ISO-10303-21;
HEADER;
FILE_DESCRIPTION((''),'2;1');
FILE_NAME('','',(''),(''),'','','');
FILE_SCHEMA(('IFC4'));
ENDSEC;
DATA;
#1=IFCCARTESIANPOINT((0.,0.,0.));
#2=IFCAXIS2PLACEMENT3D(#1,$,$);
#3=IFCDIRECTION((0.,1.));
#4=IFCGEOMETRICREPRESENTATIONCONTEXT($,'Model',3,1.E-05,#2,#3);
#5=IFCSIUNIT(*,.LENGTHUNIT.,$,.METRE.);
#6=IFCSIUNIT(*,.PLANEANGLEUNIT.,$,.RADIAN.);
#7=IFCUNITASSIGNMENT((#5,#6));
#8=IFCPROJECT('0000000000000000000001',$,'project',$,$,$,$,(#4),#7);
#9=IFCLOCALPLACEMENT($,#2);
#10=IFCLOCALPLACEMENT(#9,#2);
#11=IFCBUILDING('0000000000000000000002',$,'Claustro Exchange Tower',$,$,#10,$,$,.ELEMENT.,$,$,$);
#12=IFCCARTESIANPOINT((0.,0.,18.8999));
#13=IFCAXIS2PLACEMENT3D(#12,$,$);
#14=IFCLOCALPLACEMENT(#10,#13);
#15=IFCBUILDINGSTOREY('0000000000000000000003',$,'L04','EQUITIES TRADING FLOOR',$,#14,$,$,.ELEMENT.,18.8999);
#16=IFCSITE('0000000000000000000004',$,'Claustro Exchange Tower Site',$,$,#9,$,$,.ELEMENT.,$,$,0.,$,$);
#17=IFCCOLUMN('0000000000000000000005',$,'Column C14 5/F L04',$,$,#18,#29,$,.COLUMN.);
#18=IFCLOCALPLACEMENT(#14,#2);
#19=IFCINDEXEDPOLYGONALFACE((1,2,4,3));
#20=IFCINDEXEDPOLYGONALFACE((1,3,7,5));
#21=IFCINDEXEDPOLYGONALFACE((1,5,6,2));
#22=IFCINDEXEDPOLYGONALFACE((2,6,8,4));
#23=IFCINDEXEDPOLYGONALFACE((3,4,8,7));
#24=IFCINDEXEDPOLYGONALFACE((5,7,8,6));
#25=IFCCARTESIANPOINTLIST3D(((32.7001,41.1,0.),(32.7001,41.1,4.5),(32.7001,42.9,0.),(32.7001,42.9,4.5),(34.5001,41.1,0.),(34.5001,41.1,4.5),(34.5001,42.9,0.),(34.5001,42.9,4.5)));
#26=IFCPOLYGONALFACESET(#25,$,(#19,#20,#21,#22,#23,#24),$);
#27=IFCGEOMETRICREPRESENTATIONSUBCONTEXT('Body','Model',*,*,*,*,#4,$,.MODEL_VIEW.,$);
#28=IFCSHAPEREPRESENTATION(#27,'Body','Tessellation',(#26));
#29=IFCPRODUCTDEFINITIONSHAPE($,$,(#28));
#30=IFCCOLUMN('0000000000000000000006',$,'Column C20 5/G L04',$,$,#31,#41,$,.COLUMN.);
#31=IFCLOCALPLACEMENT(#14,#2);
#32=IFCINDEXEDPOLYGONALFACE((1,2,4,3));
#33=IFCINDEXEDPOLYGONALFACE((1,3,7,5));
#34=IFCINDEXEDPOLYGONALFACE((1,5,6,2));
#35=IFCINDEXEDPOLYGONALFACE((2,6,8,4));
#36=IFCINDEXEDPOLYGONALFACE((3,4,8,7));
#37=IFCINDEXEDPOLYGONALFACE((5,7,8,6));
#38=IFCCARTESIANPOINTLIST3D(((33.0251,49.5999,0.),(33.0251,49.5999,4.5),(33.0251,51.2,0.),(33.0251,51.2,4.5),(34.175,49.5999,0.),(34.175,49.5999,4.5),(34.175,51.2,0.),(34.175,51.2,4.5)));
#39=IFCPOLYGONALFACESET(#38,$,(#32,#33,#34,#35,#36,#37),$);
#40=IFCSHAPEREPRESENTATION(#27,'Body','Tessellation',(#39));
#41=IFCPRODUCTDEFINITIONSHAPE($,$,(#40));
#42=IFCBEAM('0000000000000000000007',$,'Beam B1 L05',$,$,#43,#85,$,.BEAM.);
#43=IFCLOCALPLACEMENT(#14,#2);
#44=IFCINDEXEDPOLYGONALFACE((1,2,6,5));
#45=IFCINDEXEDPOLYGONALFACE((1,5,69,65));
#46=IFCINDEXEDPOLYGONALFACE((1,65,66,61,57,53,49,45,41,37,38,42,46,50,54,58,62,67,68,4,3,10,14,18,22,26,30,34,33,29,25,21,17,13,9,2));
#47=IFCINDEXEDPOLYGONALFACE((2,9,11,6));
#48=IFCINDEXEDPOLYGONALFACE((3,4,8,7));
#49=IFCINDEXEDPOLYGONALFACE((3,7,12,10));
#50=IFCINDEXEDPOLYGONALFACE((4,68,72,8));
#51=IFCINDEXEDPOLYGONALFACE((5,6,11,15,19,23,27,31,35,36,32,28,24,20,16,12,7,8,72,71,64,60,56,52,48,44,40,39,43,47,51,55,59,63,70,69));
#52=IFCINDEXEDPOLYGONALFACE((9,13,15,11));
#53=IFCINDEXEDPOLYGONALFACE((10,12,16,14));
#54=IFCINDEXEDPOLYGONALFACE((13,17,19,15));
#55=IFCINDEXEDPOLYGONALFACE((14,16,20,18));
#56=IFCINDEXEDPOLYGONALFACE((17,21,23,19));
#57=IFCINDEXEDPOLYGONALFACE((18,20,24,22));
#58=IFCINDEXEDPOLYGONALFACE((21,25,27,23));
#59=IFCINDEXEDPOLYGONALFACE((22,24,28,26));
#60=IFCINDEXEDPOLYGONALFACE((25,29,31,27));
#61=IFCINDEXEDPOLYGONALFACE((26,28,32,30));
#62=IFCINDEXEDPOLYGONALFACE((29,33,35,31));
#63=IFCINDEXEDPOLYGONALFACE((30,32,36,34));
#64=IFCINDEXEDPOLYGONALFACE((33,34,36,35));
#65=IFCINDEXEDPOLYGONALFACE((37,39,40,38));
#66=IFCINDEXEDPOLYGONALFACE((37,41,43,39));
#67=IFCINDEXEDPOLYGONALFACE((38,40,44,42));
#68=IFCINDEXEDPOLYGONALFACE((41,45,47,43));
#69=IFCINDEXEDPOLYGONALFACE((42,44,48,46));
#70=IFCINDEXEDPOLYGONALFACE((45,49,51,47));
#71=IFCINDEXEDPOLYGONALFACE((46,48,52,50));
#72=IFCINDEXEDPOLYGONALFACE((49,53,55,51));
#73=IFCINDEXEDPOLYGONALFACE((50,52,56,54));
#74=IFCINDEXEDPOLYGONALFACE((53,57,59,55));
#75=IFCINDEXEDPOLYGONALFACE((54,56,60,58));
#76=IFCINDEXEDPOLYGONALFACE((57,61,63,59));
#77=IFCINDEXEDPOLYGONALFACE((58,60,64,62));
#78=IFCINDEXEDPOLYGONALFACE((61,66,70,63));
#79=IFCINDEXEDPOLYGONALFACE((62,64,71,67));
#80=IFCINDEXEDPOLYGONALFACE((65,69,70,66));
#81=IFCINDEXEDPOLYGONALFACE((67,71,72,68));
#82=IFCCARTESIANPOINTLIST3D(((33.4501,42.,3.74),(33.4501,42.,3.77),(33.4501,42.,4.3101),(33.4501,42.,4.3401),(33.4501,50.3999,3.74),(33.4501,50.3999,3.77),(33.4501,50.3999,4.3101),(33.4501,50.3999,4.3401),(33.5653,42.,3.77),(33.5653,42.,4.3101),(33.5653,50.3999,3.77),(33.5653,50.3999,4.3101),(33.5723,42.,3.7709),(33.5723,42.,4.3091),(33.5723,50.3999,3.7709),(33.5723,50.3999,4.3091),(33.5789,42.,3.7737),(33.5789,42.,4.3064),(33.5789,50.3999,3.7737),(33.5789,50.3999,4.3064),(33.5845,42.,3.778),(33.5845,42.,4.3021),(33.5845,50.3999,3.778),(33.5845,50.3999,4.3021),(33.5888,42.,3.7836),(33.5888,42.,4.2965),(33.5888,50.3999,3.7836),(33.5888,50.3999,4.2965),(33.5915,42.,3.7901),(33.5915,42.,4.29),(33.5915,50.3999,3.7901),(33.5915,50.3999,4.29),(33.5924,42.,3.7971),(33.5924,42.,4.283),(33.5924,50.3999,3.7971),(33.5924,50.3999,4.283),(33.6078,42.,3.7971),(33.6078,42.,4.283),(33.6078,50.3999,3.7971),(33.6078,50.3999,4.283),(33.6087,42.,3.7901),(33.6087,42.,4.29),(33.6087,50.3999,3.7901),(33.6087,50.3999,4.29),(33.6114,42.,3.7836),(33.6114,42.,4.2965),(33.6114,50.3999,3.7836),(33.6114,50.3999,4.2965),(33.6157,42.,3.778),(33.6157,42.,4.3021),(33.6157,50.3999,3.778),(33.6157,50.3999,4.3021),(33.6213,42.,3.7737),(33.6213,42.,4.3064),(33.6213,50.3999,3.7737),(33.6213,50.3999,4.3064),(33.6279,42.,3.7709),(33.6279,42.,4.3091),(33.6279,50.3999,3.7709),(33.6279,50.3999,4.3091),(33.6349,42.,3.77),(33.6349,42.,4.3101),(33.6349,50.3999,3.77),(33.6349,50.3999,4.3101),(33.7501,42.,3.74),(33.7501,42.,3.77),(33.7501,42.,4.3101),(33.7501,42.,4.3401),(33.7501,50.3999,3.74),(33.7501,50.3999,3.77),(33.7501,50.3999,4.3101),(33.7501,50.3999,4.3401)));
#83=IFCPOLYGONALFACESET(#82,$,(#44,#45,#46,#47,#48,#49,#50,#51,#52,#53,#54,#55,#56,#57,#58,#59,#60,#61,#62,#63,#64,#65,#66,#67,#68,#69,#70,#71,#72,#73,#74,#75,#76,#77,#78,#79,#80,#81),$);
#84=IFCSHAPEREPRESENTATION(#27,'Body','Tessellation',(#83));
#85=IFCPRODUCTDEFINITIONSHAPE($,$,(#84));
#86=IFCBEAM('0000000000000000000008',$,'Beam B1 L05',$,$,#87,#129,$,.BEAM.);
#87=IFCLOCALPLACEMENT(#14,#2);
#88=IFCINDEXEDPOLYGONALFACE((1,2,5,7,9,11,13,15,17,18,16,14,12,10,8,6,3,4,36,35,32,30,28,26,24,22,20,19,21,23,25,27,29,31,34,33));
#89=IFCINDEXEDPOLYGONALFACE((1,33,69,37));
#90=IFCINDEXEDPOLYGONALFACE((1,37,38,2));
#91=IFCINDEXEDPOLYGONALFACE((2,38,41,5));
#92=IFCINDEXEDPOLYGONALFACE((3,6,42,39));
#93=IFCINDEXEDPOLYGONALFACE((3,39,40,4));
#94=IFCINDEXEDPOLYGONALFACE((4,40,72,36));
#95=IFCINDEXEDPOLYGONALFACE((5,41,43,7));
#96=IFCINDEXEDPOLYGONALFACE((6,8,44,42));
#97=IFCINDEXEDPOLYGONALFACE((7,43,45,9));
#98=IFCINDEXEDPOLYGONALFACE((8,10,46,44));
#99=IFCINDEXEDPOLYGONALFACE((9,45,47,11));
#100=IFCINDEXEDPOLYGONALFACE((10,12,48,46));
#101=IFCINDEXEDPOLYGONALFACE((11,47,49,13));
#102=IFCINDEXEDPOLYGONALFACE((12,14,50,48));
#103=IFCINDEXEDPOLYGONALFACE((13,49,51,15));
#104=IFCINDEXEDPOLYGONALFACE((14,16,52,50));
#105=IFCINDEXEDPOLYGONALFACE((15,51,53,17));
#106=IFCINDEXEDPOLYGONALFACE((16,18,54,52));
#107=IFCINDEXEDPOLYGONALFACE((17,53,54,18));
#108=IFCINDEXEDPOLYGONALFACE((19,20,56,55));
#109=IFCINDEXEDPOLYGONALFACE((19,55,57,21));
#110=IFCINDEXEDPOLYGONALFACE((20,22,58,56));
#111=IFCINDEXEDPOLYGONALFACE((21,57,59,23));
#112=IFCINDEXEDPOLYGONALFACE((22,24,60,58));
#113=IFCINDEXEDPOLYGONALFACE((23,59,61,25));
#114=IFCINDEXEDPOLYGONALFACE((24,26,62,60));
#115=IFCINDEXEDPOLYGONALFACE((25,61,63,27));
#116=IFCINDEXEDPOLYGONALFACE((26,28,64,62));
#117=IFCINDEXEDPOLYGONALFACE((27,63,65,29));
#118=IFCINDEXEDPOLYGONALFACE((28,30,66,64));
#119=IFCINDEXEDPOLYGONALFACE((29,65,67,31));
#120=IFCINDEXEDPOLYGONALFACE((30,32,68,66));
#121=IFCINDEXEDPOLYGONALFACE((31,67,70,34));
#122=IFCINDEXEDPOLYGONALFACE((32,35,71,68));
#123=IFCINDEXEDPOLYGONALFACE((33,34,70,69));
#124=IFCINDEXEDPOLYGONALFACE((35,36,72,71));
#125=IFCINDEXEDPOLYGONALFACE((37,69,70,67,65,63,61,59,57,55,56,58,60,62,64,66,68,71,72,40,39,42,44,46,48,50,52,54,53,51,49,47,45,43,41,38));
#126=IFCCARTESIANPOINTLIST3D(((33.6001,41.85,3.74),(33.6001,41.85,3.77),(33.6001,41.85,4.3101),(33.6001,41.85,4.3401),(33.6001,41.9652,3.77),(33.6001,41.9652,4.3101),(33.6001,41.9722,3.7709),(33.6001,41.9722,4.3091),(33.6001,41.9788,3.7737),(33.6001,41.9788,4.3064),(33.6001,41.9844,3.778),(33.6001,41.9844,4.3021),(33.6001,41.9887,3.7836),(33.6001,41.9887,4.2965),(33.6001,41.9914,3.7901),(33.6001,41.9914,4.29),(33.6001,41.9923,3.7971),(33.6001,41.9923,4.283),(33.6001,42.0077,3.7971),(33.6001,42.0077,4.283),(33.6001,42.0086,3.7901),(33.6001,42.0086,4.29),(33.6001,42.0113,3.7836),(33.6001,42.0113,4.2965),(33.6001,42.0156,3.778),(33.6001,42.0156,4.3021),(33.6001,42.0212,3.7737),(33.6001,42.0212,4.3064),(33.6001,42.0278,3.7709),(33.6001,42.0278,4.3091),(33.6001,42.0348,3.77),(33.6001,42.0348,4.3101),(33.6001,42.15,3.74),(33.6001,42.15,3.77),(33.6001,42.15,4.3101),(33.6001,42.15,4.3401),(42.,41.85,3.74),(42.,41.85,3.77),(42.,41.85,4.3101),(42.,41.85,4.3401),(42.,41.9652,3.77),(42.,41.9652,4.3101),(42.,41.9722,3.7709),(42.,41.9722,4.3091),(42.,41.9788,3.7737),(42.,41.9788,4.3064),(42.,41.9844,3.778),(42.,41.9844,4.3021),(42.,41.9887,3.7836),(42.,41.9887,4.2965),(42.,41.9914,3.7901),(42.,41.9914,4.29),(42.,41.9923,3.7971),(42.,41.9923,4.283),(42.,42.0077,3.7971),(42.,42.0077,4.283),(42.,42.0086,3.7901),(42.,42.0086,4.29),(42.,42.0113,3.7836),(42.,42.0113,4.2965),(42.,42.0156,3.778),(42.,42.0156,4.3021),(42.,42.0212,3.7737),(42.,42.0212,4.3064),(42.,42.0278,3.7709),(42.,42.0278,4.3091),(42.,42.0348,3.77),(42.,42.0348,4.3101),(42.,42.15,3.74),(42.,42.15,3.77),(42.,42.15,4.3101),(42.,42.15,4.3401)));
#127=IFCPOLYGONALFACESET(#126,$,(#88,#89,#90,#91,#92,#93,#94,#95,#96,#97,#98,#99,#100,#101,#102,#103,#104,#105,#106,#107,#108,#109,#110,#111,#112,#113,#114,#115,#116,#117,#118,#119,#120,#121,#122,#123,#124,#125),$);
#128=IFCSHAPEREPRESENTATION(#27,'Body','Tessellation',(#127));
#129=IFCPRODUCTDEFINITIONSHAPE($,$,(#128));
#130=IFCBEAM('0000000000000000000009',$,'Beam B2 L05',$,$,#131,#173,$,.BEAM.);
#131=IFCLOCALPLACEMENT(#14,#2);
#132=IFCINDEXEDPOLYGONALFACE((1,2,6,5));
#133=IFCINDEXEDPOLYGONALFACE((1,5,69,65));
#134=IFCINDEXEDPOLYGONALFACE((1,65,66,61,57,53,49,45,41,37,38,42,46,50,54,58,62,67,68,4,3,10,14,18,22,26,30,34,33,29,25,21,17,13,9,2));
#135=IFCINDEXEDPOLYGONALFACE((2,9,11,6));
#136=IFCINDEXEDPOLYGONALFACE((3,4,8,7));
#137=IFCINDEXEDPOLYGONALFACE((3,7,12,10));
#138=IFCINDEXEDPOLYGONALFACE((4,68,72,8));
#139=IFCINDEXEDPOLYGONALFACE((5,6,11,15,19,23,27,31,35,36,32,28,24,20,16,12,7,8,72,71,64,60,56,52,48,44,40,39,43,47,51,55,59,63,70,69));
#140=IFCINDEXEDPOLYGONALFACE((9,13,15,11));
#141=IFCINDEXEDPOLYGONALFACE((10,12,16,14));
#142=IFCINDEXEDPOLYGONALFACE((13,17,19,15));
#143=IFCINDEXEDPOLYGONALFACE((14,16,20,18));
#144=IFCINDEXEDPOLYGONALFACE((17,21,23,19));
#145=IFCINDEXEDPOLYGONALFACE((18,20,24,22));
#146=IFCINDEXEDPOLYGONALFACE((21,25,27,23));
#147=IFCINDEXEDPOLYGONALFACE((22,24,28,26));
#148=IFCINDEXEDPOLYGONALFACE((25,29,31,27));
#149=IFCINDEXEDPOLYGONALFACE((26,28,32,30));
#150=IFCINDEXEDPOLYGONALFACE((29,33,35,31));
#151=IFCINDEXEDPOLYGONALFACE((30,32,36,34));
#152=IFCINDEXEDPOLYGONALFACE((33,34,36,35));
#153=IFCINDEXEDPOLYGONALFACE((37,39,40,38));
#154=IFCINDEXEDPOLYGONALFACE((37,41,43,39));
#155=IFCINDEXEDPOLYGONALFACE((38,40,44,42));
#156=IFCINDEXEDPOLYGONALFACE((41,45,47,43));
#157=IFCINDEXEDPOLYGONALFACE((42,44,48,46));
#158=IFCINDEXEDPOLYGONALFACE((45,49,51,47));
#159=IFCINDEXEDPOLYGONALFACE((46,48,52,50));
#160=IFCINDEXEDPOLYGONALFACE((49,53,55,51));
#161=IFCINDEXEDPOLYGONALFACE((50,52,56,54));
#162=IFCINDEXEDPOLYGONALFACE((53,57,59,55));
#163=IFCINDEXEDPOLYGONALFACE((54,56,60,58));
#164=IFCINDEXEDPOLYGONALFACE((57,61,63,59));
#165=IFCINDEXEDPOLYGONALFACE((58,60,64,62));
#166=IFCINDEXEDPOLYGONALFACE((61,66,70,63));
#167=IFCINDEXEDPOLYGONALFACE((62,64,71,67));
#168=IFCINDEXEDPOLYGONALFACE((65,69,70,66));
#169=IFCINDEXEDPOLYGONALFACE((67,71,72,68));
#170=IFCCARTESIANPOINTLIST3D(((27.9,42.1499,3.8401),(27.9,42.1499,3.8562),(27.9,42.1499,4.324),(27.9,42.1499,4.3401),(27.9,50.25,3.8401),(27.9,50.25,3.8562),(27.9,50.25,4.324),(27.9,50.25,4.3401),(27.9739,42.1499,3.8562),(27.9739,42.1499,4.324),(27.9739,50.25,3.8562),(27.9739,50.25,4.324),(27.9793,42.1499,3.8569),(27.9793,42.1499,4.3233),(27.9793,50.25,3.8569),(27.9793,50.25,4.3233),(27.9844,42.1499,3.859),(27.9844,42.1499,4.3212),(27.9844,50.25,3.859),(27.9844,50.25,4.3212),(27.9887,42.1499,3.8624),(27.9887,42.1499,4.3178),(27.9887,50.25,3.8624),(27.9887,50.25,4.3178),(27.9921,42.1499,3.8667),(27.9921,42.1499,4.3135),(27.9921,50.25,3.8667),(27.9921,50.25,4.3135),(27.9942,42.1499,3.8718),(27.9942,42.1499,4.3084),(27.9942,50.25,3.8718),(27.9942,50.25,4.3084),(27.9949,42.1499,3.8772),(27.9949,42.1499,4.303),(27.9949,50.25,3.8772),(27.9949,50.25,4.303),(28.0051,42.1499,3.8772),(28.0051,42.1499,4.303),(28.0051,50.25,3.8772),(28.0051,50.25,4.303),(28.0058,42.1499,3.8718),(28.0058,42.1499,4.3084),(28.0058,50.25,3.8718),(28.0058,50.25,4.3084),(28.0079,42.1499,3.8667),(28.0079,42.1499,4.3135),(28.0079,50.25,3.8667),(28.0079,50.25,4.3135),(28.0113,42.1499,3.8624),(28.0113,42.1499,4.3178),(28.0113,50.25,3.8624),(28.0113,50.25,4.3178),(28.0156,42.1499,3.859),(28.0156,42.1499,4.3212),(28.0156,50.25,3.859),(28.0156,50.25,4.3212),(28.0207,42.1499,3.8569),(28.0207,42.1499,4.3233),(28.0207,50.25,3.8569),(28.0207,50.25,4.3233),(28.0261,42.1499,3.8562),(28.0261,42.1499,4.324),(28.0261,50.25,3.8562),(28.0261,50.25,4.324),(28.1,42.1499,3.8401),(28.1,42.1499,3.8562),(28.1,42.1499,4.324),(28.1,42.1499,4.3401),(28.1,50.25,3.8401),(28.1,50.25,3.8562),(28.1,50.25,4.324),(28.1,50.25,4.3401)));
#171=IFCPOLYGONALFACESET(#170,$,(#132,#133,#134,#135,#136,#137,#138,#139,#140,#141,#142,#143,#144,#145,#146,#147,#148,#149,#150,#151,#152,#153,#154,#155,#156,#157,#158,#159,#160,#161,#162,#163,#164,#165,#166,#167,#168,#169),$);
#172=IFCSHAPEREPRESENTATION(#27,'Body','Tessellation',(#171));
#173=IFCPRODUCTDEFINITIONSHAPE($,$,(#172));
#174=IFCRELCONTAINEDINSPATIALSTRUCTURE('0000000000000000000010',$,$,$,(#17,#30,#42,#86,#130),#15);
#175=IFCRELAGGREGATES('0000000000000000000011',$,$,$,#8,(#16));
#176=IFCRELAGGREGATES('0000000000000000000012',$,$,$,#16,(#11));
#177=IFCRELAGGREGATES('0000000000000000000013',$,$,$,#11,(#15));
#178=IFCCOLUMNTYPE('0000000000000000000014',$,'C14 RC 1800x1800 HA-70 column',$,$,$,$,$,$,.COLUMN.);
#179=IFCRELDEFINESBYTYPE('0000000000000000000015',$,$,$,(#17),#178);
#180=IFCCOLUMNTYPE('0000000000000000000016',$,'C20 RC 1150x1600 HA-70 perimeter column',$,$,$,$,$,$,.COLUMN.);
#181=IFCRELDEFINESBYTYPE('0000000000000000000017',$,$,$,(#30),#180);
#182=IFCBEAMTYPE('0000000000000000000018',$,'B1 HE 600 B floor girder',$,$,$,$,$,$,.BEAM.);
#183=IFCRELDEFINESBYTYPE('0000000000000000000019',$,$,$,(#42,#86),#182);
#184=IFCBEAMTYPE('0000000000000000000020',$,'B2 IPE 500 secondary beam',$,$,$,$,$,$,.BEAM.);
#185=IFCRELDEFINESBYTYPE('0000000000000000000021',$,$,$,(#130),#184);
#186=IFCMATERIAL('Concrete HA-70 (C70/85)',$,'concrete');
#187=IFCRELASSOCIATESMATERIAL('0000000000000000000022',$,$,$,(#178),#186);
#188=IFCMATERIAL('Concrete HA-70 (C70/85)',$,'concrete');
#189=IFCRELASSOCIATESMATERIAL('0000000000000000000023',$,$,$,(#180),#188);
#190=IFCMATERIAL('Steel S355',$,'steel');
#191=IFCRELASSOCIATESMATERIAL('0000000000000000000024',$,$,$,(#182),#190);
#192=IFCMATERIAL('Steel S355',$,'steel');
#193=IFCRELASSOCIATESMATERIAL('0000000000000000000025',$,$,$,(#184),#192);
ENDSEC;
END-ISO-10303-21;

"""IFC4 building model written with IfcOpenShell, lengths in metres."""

from ifc_helpers import new_model, si_unit, direction, frame, origin, origin_2d, place, context, subcontext, project, spatial, rectangle, i_section, extrude, material, material_profile, profile_set, type_object, element, save


model = new_model("IFC4")

# Units and contexts
model_context = context("Model", 3, precision=1e-05, world=origin(), true_north=direction((0.0, 1.0)))
body_context = subcontext(model_context, "Body", "Model", "MODEL_VIEW")
ifc_project = project(units=[si_unit("LENGTHUNIT", "METRE"), si_unit("PLANEANGLEUNIT", "RADIAN")], contexts=[model_context])

# Site, building, storey
site_placement = place(None, origin())
site = spatial("IfcSite", under=ifc_project, at=site_placement, Name="Claustro Exchange Tower Site", CompositionType="ELEMENT", RefElevation=0.0)
building_placement = place(site_placement, origin())
building = spatial("IfcBuilding", under=site, at=building_placement, Name="Claustro Exchange Tower", CompositionType="ELEMENT")
storey_placement = place(building_placement, frame((0.0, 0.0, 18.8999)))
storey = spatial("IfcBuildingStorey", under=building, at=storey_placement, Name="L04", Description="EQUITIES TRADING FLOOR", CompositionType="ELEMENT", Elevation=18.8999)

# Columns
ifc_material_1 = material(Name="Concrete HA-70 (C70/85)", Category="concrete")
ifc_material_profile_1 = material_profile(ifc_material_1, rectangle(XDim=1.8, YDim=1.8, at=origin_2d()), Name="RC 1800x1800")
ifc_profile_set_1 = profile_set([ifc_material_profile_1], Name="Concrete HA-70 (C70/85)")
column_type_1 = type_object("IfcColumnType", Name="C14 RC 1800x1800 HA-70 column", PredefinedType="COLUMN", material=ifc_profile_set_1)
column_1_placement = place(storey_placement, frame((33.6001, 42.0, 0.0), z_axis=(0.0, 0.0, 1.0), x_axis=(1.0, 0.0, 0.0)))
element("IfcColumn", 1, at=column_1_placement, inside=storey, type_object=column_type_1, Name="Column C14 5/F L04", PredefinedType="COLUMN", context=body_context, shape_type="SweptSolid", body=[
    extrude(rectangle(XDim=1.8, YDim=1.8, at=origin_2d()), origin(), (0.0, 0.0, 1.0), 4.5),
])
ifc_material_2 = material(Name="Concrete HA-70 (C70/85)", Category="concrete")
ifc_material_profile_2 = material_profile(ifc_material_2, rectangle(XDim=1.1499, YDim=1.6001, at=origin_2d()), Name="RC 1150x1600")
ifc_profile_set_2 = profile_set([ifc_material_profile_2], Name="Concrete HA-70 (C70/85)")
column_type_2 = type_object("IfcColumnType", Name="C20 RC 1150x1600 HA-70 perimeter column", PredefinedType="COLUMN", material=ifc_profile_set_2)
column_2_placement = place(storey_placement, frame((33.6001, 50.3999, 0.0), z_axis=(0.0, 0.0, 1.0), x_axis=(1.0, 0.0, 0.0)))
element("IfcColumn", 2, at=column_2_placement, inside=storey, type_object=column_type_2, Name="Column C20 5/G L04", PredefinedType="COLUMN", context=body_context, shape_type="SweptSolid", body=[
    extrude(rectangle(XDim=1.1499, YDim=1.6001, at=origin_2d()), origin(), (0.0, 0.0, 1.0), 4.5),
])

# Beams
ifc_material_3 = material(Name="Steel S355", Category="steel")
ifc_material_profile_3 = material_profile(ifc_material_3, i_section(OverallWidth=0.3, OverallDepth=0.6001, WebThickness=0.0154, FlangeThickness=0.03, FilletRadius=0.0271, at=origin_2d()), Name="HE 600 B")
ifc_profile_set_3 = profile_set([ifc_material_profile_3], Name="Steel S355")
beam_type_1 = type_object("IfcBeamType", Name="B1 HE 600 B floor girder", PredefinedType="BEAM", material=ifc_profile_set_3)
for number, where, z_axis, x_axis, name in (
    (3, (33.6001, 42.0, 4.04), (0.0, 1.0, 0.0), (-1.0, 0.0, 0.0), "Beam B1 L05"),
    (4, (33.6001, 42.0, 4.04), (1.0, 0.0, 0.0), (0.0, 1.0, 0.0), "Beam B1 L05"),
):
    element("IfcBeam", number, at=place(storey_placement, frame(where, z_axis=z_axis, x_axis=x_axis)), inside=storey, type_object=beam_type_1, Name=name, PredefinedType="BEAM", context=body_context, shape_type="SweptSolid", body=[
        extrude(i_section(OverallWidth=0.3, OverallDepth=0.6001, WebThickness=0.0154, FlangeThickness=0.03, FilletRadius=0.0271, at=origin_2d()), origin(), (0.0, 0.0, 1.0), 8.3999),
    ])
ifc_material_4 = material(Name="Steel S355", Category="steel")
ifc_material_profile_4 = material_profile(ifc_material_4, i_section(OverallWidth=0.2, OverallDepth=0.5, WebThickness=0.0103, FlangeThickness=0.0161, FilletRadius=0.021, at=origin_2d()), Name="IPE 500")
ifc_profile_set_4 = profile_set([ifc_material_profile_4], Name="Steel S355")
beam_type_2 = type_object("IfcBeamType", Name="B2 IPE 500 secondary beam", PredefinedType="BEAM", material=ifc_profile_set_4)
for number, where, z_axis, x_axis, name in (
    (5, (28.0, 42.1499, 4.0901), (0.0, 1.0, 0.0), (-1.0, 0.0, 0.0), "Beam B2 L05"),
):
    element("IfcBeam", number, at=place(storey_placement, frame(where, z_axis=z_axis, x_axis=x_axis)), inside=storey, type_object=beam_type_2, Name=name, PredefinedType="BEAM", context=body_context, shape_type="SweptSolid", body=[
        extrude(i_section(OverallWidth=0.2, OverallDepth=0.5, WebThickness=0.0103, FlangeThickness=0.0161, FilletRadius=0.021, at=origin_2d()), origin(), (0.0, 0.0, 1.0), 8.1001),
    ])

save(model, "model.ifc")
